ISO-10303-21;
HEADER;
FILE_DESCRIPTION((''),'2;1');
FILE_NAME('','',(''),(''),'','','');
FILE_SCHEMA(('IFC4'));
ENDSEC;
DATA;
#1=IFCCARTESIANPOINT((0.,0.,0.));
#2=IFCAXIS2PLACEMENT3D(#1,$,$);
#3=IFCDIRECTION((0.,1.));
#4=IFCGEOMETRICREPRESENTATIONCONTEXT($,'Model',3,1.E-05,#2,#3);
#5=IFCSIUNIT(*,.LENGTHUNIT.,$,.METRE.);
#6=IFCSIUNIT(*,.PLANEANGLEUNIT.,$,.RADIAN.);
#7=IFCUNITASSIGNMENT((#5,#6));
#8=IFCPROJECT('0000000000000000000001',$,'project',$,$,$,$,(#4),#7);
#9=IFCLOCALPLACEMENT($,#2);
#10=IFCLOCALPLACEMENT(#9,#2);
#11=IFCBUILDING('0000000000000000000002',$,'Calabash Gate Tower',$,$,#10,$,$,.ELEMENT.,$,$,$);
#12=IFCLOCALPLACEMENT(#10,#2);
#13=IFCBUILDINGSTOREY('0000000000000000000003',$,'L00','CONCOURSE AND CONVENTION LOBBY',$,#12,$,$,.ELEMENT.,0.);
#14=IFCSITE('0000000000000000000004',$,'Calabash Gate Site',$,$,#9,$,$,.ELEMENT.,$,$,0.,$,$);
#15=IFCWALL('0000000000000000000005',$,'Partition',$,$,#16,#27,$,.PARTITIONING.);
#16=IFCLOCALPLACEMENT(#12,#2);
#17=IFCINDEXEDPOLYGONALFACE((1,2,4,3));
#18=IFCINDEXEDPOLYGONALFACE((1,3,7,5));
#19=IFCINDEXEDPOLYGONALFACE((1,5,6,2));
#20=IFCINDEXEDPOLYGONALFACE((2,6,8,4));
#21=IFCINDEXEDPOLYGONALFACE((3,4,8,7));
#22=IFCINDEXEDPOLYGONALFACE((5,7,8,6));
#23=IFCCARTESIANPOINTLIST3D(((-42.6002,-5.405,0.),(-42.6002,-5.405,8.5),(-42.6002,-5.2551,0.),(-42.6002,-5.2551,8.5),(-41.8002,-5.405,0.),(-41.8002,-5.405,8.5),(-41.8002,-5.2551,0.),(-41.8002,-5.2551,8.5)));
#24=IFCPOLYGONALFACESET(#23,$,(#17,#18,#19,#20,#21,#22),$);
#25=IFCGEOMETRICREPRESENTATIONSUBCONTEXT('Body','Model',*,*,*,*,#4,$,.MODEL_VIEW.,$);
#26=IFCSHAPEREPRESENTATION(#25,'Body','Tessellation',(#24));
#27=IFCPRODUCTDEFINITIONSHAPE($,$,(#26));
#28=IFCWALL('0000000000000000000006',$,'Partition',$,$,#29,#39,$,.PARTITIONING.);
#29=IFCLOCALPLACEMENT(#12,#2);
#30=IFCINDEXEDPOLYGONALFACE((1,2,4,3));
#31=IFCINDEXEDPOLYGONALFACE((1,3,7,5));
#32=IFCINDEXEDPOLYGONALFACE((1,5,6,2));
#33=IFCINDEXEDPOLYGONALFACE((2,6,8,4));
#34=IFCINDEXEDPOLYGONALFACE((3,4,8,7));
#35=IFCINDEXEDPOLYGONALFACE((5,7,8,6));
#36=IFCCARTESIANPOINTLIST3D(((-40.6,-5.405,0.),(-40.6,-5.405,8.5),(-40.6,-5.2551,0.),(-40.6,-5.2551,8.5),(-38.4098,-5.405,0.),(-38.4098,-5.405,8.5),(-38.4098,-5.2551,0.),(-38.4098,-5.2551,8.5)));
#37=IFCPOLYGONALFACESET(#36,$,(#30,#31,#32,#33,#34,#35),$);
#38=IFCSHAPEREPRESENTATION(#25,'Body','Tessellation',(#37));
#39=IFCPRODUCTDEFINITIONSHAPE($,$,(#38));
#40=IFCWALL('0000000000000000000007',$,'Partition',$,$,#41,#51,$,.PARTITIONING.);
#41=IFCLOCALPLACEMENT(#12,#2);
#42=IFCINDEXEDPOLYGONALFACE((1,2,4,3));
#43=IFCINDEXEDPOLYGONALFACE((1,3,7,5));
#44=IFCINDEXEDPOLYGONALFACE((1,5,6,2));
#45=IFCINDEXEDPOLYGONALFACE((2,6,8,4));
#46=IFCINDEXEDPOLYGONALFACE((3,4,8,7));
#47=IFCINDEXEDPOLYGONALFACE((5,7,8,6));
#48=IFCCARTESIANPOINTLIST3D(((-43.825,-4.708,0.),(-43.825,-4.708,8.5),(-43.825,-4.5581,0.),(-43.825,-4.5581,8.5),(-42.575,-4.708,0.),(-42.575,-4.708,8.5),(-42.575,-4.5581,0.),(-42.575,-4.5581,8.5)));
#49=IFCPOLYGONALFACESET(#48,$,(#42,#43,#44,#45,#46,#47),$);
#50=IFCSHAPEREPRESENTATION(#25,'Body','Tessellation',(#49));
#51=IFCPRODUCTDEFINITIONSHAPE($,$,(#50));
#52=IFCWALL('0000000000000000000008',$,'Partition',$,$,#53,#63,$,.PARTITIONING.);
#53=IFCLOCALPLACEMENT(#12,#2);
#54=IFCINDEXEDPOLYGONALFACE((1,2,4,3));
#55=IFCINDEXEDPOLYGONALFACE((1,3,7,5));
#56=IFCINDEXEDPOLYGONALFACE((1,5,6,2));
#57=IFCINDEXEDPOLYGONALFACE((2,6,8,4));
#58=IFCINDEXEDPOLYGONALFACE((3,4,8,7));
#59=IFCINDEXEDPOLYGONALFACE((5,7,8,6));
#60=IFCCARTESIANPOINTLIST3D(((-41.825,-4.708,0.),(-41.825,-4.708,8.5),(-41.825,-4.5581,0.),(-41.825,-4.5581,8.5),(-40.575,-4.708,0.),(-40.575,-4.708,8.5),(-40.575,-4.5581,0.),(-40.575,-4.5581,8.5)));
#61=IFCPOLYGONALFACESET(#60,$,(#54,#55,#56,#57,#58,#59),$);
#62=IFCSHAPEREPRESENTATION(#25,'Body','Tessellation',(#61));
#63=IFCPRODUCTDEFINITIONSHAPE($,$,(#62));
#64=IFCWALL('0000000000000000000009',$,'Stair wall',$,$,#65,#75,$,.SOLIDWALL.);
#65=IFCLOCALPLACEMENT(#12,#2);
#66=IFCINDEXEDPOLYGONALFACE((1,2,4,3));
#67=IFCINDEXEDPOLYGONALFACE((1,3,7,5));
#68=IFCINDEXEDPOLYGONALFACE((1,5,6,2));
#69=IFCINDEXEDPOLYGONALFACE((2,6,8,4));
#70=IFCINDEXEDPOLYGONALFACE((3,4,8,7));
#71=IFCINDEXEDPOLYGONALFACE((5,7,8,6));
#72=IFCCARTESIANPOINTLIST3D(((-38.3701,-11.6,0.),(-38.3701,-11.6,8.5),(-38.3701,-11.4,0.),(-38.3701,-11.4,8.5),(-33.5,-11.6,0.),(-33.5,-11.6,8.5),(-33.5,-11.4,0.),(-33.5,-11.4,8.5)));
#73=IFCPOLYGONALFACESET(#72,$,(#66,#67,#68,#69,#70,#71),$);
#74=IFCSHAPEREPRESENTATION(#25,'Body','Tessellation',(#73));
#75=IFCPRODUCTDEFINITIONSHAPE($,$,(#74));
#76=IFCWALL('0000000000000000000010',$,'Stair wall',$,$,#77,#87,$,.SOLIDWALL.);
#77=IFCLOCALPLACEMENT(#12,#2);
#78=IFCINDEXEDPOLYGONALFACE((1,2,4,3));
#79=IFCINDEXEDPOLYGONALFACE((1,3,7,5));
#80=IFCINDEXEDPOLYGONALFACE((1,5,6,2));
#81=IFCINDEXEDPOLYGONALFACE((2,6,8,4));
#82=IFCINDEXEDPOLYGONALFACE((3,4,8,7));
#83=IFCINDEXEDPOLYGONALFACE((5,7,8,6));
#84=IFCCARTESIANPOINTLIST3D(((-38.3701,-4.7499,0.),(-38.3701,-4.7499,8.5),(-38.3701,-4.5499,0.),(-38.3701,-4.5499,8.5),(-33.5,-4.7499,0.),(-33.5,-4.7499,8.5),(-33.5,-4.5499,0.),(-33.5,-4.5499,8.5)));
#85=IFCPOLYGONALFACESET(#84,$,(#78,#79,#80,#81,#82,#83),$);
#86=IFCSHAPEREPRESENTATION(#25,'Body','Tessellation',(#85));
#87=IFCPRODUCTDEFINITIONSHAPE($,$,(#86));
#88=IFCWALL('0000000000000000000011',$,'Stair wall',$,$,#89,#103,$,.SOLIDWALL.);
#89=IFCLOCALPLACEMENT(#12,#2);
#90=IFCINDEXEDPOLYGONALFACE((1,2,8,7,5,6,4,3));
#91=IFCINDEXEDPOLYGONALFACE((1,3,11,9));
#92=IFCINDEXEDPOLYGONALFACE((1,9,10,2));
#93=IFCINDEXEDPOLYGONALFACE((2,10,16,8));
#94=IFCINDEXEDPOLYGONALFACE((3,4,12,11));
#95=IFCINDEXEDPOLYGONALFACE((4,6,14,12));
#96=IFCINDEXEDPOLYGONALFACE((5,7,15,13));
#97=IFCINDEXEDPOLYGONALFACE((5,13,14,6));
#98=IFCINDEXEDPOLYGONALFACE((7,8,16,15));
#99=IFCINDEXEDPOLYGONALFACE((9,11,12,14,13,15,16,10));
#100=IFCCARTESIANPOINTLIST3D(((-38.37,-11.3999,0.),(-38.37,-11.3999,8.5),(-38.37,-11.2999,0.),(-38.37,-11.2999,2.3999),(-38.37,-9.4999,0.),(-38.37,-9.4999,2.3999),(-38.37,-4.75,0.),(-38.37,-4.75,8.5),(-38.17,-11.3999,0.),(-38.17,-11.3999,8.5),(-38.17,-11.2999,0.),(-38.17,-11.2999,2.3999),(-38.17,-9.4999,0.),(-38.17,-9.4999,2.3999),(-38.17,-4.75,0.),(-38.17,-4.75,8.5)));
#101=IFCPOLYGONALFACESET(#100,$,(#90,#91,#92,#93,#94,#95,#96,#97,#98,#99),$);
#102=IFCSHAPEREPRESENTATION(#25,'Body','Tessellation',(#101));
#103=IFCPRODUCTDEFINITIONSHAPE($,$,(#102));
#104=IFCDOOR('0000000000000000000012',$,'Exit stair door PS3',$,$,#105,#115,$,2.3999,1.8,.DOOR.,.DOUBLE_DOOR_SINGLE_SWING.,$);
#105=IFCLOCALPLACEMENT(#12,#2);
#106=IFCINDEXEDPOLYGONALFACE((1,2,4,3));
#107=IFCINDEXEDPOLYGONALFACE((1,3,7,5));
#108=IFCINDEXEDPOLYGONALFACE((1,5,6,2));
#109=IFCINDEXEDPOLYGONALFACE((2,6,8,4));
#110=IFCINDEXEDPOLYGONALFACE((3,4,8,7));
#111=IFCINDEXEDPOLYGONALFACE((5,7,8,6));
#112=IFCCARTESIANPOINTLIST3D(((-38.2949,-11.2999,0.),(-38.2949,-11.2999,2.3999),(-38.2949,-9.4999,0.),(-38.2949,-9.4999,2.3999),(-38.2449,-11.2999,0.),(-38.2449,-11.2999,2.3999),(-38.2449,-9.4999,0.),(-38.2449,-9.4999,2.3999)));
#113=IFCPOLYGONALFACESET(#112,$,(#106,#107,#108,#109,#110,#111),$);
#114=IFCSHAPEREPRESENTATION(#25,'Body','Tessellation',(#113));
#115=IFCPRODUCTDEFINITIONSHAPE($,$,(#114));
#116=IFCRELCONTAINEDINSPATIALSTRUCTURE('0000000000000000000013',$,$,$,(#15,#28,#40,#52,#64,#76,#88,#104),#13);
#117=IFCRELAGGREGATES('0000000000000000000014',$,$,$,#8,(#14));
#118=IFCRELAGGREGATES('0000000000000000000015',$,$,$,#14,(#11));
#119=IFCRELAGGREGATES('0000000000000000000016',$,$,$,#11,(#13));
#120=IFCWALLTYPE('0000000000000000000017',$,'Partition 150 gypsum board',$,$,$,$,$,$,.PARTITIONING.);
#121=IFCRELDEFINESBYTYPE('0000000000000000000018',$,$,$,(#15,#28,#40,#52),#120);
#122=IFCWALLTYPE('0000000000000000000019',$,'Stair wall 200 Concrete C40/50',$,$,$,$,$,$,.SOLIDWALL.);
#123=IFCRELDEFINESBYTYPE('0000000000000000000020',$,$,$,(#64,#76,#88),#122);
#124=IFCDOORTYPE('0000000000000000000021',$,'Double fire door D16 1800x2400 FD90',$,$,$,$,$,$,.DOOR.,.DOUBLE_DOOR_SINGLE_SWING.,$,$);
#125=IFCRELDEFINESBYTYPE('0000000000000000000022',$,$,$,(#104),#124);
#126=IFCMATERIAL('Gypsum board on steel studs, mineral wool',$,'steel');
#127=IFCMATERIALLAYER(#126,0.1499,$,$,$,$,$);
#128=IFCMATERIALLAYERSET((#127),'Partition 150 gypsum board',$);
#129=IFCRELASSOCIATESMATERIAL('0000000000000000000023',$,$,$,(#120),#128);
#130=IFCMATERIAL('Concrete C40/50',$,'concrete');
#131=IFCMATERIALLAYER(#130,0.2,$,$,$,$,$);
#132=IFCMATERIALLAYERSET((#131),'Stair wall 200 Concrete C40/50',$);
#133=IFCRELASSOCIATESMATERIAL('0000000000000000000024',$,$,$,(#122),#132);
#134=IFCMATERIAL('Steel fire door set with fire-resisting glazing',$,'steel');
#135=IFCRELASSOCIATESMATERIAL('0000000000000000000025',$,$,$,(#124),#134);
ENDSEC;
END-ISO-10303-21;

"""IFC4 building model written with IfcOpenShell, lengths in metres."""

from ifc_helpers import new_model, si_unit, direction, frame, frame_2d, origin, place, context, subcontext, project, spatial, rectangle, extrude, material, layer, layer_set, type_object, element, fill, save


model = new_model("IFC4")

# Units and contexts
model_context = context("Model", 3, precision=1e-05, world=origin(), true_north=direction((0.0, 1.0)))
body_context = subcontext(model_context, "Body", "Model", "MODEL_VIEW")
ifc_project = project(units=[si_unit("LENGTHUNIT", "METRE"), si_unit("PLANEANGLEUNIT", "RADIAN")], contexts=[model_context])

# Site, building, storey
site_placement = place(None, origin())
site = spatial("IfcSite", under=ifc_project, at=site_placement, Name="Calabash Gate Site", CompositionType="ELEMENT", RefElevation=0.0)
building_placement = place(site_placement, origin())
building = spatial("IfcBuilding", under=site, at=building_placement, Name="Calabash Gate Tower", CompositionType="ELEMENT")
storey_placement = place(building_placement, origin())
storey = spatial("IfcBuildingStorey", under=building, at=storey_placement, Name="L00", Description="CONCOURSE AND CONVENTION LOBBY", CompositionType="ELEMENT", Elevation=0.0)

# Walls
ifc_material_1 = material(Name="Gypsum board on steel studs, mineral wool", Category="steel")
ifc_layer_1 = layer(ifc_material_1, 0.1499)
ifc_layer_set_1 = layer_set([ifc_layer_1], Name="Partition 150 gypsum board")
wall_type_1 = type_object("IfcWallType", Name="Partition 150 gypsum board", PredefinedType="PARTITIONING", material=ifc_layer_set_1)
wall_1_placement = place(storey_placement, frame((-42.6001, -5.3301, 0.0), z_axis=(0.0, 0.0, 1.0), x_axis=(1.0, 0.0, 0.0)))
element("IfcWall", 1, at=wall_1_placement, inside=storey, type_object=wall_type_1, Name="Partition", PredefinedType="PARTITIONING", context=body_context, shape_type="SweptSolid", body=[
    extrude(rectangle(XDim=0.8, YDim=0.1499, at=frame_2d((0.3999, 0.0))), origin(), (0.0, 0.0, 1.0), 8.5),
])
wall_2_placement = place(storey_placement, frame((-40.6001, -5.3301, 0.0), z_axis=(0.0, 0.0, 1.0), x_axis=(1.0, 0.0, 0.0)))
element("IfcWall", 2, at=wall_2_placement, inside=storey, type_object=wall_type_1, Name="Partition", PredefinedType="PARTITIONING", context=body_context, shape_type="SweptSolid", body=[
    extrude(rectangle(XDim=2.1902, YDim=0.1499, at=frame_2d((1.0952, 0.0))), origin(), (0.0, 0.0, 1.0), 8.5),
])
for number, where, z_axis, x_axis, name in (
    (3, (-43.825, -4.6331, 0.0), (0.0, 0.0, 1.0), (1.0, 0.0, 0.0), "Partition"),
    (4, (-41.825, -4.6331, 0.0), (0.0, 0.0, 1.0), (1.0, 0.0, 0.0), "Partition"),
):
    element("IfcWall", number, at=place(storey_placement, frame(where, z_axis=z_axis, x_axis=x_axis)), inside=storey, type_object=wall_type_1, Name=name, PredefinedType="PARTITIONING", context=body_context, shape_type="SweptSolid", body=[
        extrude(rectangle(XDim=1.25, YDim=0.1499, at=frame_2d((0.625, 0.0))), origin(), (0.0, 0.0, 1.0), 8.5),
    ])
ifc_material_2 = material(Name="Concrete C40/50", Category="concrete")
ifc_layer_2 = layer(ifc_material_2, 0.2)
ifc_layer_set_2 = layer_set([ifc_layer_2], Name="Stair wall 200 Concrete C40/50")
wall_type_2 = type_object("IfcWallType", Name="Stair wall 200 Concrete C40/50", PredefinedType="SOLIDWALL", material=ifc_layer_set_2)
for number, where, z_axis, x_axis, name in (
    (5, (-38.3701, -11.5, 0.0), (0.0, 0.0, 1.0), (1.0, 0.0, 0.0), "Stair wall"),
    (6, (-38.3701, -4.6499, 0.0), (0.0, 0.0, 1.0), (1.0, 0.0, 0.0), "Stair wall"),
):
    element("IfcWall", number, at=place(storey_placement, frame(where, z_axis=z_axis, x_axis=x_axis)), inside=storey, type_object=wall_type_2, Name=name, PredefinedType="SOLIDWALL", context=body_context, shape_type="SweptSolid", body=[
        extrude(rectangle(XDim=4.8701, YDim=0.2, at=frame_2d((2.4351, 0.0))), origin(), (0.0, 0.0, 1.0), 8.5),
    ])

# Wall, opening, door
wall_3_placement = place(storey_placement, frame((-38.27, -11.3999, 0.0), z_axis=(0.0, 0.0, 1.0), x_axis=(0.0, 1.0, 0.0)))
wall_3 = element("IfcWall", 7, at=wall_3_placement, inside=storey, type_object=wall_type_2, Name="Stair wall", PredefinedType="SOLIDWALL", context=body_context, shape_type="SweptSolid", body=[
    extrude(rectangle(XDim=6.6499, YDim=0.2, at=frame_2d((3.325, 0.0))), origin(), (0.0, 0.0, 1.0), 8.5),
])
opening_placement = place(wall_3_placement, frame((0.1001, 0.0, 0.0)))
opening = element("IfcOpeningElement", 8, at=opening_placement, cuts=wall_3, PredefinedType="OPENING", context=body_context, shape_type="SweptSolid", body=[
    extrude(rectangle(XDim=1.8, YDim=2.3999, at=frame_2d((0.8999, 1.2))), frame((0.0, 0.1099, 0.0), z_axis=(0.0, -1.0, 0.0), x_axis=(1.0, 0.0, 0.0)), (0.0, 0.0, 1.0), 0.22),
])
ifc_material_3 = material(Name="Steel fire door set with fire-resisting glazing", Category="steel")
door_type = type_object("IfcDoorType", Name="Double fire door D16 1800x2400 FD90", OperationType="DOUBLE_DOOR_SINGLE_SWING", PredefinedType="DOOR", material=ifc_material_3)
door_placement = place(opening_placement, origin())
door = element("IfcDoor", 9, at=door_placement, inside=storey, type_object=door_type, Name="Exit stair door PS3", OperationType="DOUBLE_DOOR_SINGLE_SWING", OverallHeight=2.3999, OverallWidth=1.8, PredefinedType="DOOR", context=body_context, shape_type="SweptSolid", body=[
    extrude(rectangle(XDim=1.8, YDim=2.3999, at=frame_2d((0.8999, 1.2))), frame((0.0, 0.0249, 0.0), z_axis=(0.0, -1.0, 0.0), x_axis=(1.0, 0.0, 0.0)), (0.0, 0.0, 1.0), 0.05),
])
fill(opening, door)

save(model, "model.ifc")
